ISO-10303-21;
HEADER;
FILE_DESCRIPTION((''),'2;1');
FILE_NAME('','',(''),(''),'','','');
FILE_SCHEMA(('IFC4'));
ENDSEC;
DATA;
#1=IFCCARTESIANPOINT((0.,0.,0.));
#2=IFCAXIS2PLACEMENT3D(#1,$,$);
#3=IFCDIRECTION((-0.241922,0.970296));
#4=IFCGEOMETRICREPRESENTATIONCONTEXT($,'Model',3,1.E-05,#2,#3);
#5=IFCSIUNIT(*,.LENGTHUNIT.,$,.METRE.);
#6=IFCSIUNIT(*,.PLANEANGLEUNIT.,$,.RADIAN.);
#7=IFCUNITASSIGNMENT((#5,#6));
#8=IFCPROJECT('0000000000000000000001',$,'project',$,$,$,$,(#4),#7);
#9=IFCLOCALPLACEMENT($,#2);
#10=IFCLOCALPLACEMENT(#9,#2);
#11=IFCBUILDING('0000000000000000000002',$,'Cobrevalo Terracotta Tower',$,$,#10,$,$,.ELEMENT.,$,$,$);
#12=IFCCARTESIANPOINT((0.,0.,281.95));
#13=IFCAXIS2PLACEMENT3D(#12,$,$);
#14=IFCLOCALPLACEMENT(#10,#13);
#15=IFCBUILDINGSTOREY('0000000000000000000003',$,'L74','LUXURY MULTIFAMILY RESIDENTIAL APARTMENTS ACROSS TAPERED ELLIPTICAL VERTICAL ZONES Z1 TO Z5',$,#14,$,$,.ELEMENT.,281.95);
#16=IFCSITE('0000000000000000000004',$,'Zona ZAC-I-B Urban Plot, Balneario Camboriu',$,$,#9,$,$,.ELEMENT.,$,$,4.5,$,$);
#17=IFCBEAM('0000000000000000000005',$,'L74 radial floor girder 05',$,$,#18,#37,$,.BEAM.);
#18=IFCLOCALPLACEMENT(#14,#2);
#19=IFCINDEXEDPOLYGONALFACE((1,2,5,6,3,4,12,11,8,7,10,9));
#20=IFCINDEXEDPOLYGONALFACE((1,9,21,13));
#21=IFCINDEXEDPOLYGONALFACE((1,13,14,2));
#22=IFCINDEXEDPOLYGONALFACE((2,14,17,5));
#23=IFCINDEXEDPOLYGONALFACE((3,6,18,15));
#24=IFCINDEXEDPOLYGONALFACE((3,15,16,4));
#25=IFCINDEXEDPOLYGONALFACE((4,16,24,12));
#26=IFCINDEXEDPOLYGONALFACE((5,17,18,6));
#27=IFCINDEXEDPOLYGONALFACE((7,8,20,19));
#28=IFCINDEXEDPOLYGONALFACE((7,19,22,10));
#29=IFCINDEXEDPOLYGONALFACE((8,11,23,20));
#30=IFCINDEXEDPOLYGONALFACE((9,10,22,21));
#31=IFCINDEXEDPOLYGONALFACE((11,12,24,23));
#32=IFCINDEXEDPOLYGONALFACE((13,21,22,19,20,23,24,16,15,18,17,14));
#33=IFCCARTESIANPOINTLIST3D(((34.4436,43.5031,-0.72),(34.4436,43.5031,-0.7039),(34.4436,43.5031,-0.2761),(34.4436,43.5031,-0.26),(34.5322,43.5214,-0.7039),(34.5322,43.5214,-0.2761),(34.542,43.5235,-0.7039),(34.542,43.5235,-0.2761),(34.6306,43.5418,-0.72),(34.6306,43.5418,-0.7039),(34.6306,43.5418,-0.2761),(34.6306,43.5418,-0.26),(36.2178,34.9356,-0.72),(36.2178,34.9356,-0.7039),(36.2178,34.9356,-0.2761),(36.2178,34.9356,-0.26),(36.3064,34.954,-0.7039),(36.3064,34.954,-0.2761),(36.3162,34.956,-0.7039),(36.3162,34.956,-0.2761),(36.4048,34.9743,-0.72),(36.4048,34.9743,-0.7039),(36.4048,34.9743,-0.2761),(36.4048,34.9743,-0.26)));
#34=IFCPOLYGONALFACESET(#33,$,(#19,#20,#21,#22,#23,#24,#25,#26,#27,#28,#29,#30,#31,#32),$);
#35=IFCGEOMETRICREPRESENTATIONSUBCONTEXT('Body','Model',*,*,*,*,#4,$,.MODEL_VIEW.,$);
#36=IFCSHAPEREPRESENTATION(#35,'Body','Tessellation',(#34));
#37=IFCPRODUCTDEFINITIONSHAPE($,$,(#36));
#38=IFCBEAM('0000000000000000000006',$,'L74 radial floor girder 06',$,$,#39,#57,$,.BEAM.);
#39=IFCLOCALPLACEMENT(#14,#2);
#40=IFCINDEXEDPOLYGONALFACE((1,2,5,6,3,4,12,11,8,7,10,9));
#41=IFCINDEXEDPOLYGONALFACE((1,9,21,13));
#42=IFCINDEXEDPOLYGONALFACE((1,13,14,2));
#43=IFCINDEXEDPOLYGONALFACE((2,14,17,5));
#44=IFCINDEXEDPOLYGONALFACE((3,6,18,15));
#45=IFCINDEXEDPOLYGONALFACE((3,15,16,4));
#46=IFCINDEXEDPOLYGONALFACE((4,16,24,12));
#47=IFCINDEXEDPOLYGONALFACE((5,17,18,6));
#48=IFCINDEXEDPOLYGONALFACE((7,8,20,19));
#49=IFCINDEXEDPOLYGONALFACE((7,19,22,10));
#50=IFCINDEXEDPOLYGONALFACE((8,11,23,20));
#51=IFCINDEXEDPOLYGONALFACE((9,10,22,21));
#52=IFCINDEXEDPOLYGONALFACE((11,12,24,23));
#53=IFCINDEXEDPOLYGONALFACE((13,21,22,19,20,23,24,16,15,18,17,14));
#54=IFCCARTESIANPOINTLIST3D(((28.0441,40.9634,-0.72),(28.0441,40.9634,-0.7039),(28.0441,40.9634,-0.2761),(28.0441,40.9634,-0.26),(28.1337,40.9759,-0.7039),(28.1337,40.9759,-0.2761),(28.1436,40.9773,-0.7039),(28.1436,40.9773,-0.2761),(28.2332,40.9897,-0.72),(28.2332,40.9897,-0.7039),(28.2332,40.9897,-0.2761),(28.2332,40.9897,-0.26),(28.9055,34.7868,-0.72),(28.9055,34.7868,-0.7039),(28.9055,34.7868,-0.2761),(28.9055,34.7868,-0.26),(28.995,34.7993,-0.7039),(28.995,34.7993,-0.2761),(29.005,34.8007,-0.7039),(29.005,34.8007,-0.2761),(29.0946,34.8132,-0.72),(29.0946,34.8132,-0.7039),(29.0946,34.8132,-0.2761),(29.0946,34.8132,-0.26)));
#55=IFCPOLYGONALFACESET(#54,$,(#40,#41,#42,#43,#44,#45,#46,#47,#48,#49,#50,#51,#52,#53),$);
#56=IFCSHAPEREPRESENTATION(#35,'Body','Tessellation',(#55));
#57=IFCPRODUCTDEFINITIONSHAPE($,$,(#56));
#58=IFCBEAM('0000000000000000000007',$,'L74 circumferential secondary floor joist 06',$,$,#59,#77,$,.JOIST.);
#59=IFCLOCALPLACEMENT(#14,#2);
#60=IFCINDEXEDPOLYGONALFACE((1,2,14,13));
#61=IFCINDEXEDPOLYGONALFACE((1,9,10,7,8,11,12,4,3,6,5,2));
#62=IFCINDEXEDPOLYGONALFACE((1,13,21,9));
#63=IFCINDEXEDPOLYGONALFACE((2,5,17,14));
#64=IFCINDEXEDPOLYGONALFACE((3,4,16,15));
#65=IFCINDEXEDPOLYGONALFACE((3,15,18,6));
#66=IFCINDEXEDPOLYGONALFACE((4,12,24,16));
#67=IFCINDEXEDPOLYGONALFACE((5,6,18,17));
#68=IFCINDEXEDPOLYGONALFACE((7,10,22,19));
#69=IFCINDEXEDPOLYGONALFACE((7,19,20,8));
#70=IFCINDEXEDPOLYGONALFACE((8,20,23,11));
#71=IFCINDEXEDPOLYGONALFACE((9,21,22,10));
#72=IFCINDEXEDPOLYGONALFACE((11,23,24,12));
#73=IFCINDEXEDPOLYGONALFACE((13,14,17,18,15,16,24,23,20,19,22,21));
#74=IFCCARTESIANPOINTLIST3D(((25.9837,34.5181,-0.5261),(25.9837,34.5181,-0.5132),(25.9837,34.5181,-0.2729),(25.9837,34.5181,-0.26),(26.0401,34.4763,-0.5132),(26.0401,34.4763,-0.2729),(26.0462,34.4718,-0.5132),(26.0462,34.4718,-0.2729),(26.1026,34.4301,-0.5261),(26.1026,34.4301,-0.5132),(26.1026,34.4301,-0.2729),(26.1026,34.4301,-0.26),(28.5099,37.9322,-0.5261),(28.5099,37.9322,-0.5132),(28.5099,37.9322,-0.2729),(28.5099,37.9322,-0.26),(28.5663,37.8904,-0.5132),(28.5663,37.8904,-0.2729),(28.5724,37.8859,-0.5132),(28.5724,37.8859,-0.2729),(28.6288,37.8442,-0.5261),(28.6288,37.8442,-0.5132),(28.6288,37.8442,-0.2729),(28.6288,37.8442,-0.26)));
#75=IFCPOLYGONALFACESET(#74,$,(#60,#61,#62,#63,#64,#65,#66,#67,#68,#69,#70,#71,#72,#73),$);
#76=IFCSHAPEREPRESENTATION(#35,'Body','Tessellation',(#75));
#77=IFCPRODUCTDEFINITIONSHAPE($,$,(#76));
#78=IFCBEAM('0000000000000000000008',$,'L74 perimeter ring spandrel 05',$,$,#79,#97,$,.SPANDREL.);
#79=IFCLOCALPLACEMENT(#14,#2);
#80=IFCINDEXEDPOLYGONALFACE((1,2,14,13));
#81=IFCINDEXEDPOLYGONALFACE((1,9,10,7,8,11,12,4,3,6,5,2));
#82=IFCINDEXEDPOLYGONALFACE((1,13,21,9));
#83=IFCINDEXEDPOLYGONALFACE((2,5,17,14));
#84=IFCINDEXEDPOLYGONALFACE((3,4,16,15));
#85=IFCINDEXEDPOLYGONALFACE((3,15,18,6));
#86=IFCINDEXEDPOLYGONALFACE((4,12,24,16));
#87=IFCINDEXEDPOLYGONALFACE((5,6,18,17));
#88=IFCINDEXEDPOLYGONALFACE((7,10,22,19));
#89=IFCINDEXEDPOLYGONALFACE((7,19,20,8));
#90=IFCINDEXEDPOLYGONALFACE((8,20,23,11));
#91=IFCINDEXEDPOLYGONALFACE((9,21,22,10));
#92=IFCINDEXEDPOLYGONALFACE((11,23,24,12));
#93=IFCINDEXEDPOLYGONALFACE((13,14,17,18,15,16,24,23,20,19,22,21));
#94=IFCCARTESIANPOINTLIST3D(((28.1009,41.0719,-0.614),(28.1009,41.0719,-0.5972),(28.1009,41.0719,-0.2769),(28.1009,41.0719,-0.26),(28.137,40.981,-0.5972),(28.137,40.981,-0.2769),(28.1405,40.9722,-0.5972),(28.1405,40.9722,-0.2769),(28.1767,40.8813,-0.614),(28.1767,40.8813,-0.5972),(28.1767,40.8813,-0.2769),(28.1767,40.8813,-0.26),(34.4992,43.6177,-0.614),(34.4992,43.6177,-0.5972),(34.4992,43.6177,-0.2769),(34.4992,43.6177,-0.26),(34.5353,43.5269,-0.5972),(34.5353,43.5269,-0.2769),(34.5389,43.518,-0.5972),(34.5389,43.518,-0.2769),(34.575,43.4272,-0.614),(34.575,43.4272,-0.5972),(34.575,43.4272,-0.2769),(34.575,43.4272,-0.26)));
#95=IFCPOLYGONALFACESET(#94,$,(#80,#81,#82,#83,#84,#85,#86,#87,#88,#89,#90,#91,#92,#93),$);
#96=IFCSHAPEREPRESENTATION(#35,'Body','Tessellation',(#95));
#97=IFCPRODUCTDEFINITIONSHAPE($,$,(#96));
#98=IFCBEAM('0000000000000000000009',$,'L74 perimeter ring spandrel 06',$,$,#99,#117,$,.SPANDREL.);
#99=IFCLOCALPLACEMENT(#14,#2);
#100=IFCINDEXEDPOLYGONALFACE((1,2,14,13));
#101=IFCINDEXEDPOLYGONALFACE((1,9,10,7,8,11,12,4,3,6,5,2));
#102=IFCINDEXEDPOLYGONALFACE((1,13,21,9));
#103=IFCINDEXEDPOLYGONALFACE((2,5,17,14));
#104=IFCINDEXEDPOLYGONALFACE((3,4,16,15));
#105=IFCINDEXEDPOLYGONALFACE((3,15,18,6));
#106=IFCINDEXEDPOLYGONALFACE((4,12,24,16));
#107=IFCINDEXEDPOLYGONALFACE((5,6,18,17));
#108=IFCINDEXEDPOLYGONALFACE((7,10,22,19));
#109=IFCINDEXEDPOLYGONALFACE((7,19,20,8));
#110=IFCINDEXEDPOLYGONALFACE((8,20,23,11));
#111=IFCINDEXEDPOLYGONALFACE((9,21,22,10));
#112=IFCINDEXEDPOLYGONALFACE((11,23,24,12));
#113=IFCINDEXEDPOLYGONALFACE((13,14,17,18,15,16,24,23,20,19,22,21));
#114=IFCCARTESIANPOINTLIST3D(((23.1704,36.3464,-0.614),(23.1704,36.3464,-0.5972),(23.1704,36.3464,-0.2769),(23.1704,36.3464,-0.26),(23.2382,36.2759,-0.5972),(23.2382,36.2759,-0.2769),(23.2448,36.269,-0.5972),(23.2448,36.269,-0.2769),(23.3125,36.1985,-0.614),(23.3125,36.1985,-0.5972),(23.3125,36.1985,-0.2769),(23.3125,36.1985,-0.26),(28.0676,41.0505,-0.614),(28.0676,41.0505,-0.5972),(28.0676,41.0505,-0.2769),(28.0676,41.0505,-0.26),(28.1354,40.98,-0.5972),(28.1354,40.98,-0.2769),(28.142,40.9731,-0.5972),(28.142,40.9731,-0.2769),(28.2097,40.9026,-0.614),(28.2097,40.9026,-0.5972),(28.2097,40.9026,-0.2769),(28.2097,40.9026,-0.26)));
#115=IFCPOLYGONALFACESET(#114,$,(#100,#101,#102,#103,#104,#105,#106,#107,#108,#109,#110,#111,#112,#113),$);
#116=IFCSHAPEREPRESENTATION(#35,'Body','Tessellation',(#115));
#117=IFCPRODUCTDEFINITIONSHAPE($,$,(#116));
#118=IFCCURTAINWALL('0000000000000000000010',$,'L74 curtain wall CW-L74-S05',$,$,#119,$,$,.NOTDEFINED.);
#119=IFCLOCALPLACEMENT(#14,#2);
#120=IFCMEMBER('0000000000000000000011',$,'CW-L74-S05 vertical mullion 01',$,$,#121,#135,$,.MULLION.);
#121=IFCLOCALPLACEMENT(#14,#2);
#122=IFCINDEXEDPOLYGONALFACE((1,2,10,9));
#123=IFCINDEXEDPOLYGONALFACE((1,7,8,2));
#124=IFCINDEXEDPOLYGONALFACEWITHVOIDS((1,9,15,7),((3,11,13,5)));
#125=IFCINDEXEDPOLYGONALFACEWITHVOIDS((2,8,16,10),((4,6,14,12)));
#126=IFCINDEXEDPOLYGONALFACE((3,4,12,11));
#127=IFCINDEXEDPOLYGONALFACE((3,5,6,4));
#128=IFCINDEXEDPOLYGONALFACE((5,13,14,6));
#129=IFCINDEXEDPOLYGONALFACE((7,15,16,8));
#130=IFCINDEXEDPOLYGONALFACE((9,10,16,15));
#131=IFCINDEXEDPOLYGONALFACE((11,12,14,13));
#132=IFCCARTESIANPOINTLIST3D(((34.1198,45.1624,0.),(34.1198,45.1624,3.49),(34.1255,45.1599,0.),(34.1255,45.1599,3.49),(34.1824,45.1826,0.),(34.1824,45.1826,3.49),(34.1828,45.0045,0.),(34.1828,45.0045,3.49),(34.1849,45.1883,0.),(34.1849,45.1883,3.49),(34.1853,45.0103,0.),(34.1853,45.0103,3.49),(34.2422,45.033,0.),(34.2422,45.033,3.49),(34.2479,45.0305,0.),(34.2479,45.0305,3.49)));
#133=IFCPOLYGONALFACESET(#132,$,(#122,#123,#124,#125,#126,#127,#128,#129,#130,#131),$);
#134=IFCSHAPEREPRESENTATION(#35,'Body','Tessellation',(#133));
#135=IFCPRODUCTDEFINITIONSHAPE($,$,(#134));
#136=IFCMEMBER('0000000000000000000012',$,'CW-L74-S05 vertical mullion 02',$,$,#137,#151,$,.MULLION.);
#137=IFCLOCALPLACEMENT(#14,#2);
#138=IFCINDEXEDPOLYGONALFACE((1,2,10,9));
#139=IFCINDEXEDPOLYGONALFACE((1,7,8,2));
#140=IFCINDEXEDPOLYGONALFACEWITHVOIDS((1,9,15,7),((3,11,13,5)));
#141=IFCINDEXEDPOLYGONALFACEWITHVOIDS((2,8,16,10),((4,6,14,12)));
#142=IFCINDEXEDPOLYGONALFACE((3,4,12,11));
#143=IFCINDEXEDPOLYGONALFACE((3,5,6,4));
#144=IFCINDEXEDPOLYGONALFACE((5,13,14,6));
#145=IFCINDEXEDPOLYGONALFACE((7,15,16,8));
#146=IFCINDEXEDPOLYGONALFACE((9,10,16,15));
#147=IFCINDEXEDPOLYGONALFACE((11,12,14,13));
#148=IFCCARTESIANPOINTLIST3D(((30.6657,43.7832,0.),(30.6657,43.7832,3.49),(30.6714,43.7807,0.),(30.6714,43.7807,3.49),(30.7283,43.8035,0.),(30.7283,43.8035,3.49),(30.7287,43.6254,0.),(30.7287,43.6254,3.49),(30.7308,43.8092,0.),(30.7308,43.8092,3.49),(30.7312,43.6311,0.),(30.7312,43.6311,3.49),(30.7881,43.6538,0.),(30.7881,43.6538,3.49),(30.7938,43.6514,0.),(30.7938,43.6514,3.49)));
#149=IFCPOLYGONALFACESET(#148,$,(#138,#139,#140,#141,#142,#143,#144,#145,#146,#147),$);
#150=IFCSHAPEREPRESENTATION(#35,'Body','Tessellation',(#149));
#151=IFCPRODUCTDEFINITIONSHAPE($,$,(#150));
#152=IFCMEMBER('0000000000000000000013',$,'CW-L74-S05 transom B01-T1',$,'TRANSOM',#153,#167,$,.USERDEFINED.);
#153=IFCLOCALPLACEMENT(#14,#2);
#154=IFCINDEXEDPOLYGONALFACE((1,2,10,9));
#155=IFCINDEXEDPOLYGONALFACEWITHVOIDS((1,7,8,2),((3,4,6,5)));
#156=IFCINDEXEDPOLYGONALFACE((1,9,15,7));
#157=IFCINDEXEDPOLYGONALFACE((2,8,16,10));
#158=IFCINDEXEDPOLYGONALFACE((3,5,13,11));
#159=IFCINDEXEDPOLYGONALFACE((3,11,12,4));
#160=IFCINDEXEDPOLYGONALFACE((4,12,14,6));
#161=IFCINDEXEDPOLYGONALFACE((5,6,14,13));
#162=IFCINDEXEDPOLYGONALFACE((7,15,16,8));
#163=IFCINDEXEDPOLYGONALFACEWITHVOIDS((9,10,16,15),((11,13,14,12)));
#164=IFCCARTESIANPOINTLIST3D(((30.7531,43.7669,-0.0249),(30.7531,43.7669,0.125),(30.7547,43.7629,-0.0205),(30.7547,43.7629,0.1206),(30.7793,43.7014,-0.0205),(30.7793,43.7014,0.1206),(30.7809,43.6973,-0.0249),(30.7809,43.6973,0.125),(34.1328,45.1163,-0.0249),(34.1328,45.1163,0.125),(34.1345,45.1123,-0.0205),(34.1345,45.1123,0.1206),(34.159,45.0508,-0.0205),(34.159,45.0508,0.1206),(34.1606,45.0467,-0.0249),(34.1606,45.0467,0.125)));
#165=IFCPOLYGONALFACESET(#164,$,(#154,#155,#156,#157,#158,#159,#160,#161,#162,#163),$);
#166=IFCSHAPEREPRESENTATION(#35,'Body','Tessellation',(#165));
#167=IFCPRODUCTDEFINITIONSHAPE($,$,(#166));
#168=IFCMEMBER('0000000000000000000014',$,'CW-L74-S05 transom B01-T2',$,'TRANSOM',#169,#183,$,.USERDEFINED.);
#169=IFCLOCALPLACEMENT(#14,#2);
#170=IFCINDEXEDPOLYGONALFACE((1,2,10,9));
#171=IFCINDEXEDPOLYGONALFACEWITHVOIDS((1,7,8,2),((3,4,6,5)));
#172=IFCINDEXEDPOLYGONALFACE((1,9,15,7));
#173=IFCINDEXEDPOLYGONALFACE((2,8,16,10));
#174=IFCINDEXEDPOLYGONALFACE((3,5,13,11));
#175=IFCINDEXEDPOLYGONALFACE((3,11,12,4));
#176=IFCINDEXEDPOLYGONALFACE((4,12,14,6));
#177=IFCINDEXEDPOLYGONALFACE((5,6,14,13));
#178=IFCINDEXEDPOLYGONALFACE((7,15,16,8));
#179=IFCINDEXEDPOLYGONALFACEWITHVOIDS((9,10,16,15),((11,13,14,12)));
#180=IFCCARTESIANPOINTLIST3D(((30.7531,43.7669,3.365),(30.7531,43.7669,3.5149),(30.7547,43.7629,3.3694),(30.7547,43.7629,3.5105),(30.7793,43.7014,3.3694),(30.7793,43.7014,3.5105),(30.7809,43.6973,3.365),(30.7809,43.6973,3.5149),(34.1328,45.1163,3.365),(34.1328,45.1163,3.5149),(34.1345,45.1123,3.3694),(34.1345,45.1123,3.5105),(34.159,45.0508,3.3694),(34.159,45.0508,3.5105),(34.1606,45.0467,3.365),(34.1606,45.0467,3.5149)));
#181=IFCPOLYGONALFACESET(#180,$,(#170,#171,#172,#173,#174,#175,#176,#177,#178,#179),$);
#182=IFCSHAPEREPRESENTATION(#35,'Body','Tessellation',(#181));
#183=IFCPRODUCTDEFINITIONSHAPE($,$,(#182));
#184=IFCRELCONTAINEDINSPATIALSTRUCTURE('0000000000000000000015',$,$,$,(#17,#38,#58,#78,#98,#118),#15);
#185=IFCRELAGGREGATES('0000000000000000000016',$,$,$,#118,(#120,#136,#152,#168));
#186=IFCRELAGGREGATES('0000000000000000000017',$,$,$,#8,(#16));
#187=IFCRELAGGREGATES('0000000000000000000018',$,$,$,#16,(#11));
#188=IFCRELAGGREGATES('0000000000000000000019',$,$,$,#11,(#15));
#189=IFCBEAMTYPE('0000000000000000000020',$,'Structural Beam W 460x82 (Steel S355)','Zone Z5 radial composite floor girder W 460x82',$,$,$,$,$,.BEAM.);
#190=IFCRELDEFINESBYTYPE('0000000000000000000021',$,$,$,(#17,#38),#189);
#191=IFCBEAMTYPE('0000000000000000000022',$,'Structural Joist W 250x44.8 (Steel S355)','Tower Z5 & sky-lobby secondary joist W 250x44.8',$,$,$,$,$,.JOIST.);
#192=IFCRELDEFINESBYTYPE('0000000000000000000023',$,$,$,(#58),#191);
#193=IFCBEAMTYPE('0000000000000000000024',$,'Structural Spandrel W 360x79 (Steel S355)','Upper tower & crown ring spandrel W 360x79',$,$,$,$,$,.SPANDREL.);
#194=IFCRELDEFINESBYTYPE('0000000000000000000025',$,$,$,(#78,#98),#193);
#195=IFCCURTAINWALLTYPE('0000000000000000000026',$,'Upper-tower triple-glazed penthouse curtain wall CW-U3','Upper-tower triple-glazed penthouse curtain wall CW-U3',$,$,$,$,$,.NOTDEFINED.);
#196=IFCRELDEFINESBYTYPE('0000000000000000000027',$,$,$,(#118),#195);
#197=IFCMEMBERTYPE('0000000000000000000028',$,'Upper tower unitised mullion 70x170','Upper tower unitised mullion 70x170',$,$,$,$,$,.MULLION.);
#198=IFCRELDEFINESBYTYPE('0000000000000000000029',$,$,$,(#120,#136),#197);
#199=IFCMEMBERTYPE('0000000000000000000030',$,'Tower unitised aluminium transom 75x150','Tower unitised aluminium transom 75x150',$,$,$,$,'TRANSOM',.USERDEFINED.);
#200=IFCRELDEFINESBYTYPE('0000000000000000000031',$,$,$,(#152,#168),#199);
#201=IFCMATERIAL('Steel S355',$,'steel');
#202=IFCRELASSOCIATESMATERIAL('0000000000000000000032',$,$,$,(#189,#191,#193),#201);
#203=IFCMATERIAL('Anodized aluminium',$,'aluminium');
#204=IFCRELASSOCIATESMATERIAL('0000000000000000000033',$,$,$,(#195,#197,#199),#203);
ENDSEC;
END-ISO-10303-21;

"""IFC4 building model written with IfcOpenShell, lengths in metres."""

from ifc_helpers import new_model, si_unit, direction, frame, origin, origin_2d, place, context, subcontext, project, spatial, hollow_rectangle, i_section, extrude, source, transform, mapped, material, material_profile, profile_set, type_object, element, aggregate, save


model = new_model("IFC4")

# Units and contexts
model_context = context("Model", 3, precision=1e-05, world=origin(), true_north=direction((-0.241922, 0.970296)))
body_context = subcontext(model_context, "Body", "Model", "MODEL_VIEW")
ifc_project = project(units=[si_unit("LENGTHUNIT", "METRE"), si_unit("PLANEANGLEUNIT", "RADIAN")], contexts=[model_context])

# Site, building, storey
site_placement = place(None, origin())
site = spatial("IfcSite", under=ifc_project, at=site_placement, Name="Zona ZAC-I-B Urban Plot, Balneario Camboriu", CompositionType="ELEMENT", RefElevation=4.5)
building_placement = place(site_placement, origin())
building = spatial("IfcBuilding", under=site, at=building_placement, Name="Cobrevalo Terracotta Tower", CompositionType="ELEMENT")
storey_placement = place(building_placement, frame((0.0, 0.0, 281.95)))
storey = spatial("IfcBuildingStorey", under=building, at=storey_placement, Name="L74", Description="LUXURY MULTIFAMILY RESIDENTIAL APARTMENTS ACROSS TAPERED ELLIPTICAL VERTICAL ZONES Z1 TO Z5", CompositionType="ELEMENT", Elevation=281.95)

# Shared definitions
ifc_material_1 = material(Name="Steel S355", Category="steel")

# Beams
ifc_material_profile_1 = material_profile(ifc_material_1, i_section(OverallWidth=0.1909, OverallDepth=0.46, WebThickness=0.01, FlangeThickness=0.0161, at=origin_2d()), Name="W 460x82")
ifc_profile_set_1 = profile_set([ifc_material_profile_1], Name="Steel S355")
beam_type_1 = type_object("IfcBeamType", Name="Structural Beam W 460x82 (Steel S355)", Description="Zone Z5 radial composite floor girder W 460x82", PredefinedType="BEAM", material=ifc_profile_set_1)
beam_1_placement = place(storey_placement, frame((34.5371, 43.5225, -0.49), z_axis=(0.202782, -0.979224, 0.0), x_axis=(0.979224, 0.202782, 0.0)))
element("IfcBeam", 1, at=beam_1_placement, inside=storey, type_object=beam_type_1, Name="L74 radial floor girder 05", PredefinedType="BEAM", context=body_context, shape_type="SweptSolid", body=[
    extrude(i_section(OverallWidth=0.1909, OverallDepth=0.46, WebThickness=0.01, FlangeThickness=0.0161, at=origin_2d()), origin(), (0.0, 0.0, 1.0), 8.7493),
])
beam_2_placement = place(storey_placement, frame((28.1387, 40.9766, -0.49), z_axis=(0.138116, -0.990416, 0.0), x_axis=(0.990416, 0.138116, 0.0)))
element("IfcBeam", 2, at=beam_2_placement, inside=storey, type_object=beam_type_1, Name="L74 radial floor girder 06", PredefinedType="BEAM", context=body_context, shape_type="SweptSolid", body=[
    extrude(i_section(OverallWidth=0.1909, OverallDepth=0.46, WebThickness=0.01, FlangeThickness=0.0161, at=origin_2d()), origin(), (0.0, 0.0, 1.0), 6.2363),
])
ifc_material_profile_2 = material_profile(ifc_material_1, i_section(OverallWidth=0.1479, OverallDepth=0.2661, WebThickness=0.0076, FlangeThickness=0.0129, at=origin_2d()), Name="W 250x44.8")
ifc_profile_set_2 = profile_set([ifc_material_profile_2], Name="Steel S355")
beam_type_2 = type_object("IfcBeamType", Name="Structural Joist W 250x44.8 (Steel S355)", Description="Tower Z5 & sky-lobby secondary joist W 250x44.8", PredefinedType="JOIST", material=ifc_profile_set_2)
beam_3_placement = place(storey_placement, frame((28.5693, 37.8882, -0.3931), z_axis=(-0.5948, -0.803874, 0.0), x_axis=(0.803874, -0.5948, 0.0)))
element("IfcBeam", 3, at=beam_3_placement, inside=storey, type_object=beam_type_2, Name="L74 circumferential secondary floor joist 06", PredefinedType="JOIST", context=body_context, shape_type="SweptSolid", body=[
    extrude(i_section(OverallWidth=0.1479, OverallDepth=0.2661, WebThickness=0.0076, FlangeThickness=0.0129, at=origin_2d()), origin(), (0.0, 0.0, 1.0), 4.2471),
])
ifc_material_profile_3 = material_profile(ifc_material_1, i_section(OverallWidth=0.2051, OverallDepth=0.354, WebThickness=0.0095, FlangeThickness=0.0168, at=origin_2d()), Name="W 360x79")
ifc_profile_set_3 = profile_set([ifc_material_profile_3], Name="Steel S355")
beam_type_3 = type_object("IfcBeamType", Name="Structural Spandrel W 360x79 (Steel S355)", Description="Upper tower & crown ring spandrel W 360x79", PredefinedType="SPANDREL", material=ifc_profile_set_3)
beam_4_placement = place(storey_placement, frame((34.5371, 43.5225, -0.437), z_axis=(-0.92915, -0.369703, 0.0), x_axis=(0.369703, -0.92915, 0.0)))
element("IfcBeam", 4, at=beam_4_placement, inside=storey, type_object=beam_type_3, Name="L74 perimeter ring spandrel 05", PredefinedType="SPANDREL", context=body_context, shape_type="SweptSolid", body=[
    extrude(i_section(OverallWidth=0.2051, OverallDepth=0.354, WebThickness=0.0095, FlangeThickness=0.0168, at=origin_2d()), origin(), (0.0, 0.0, 1.0), 6.8862),
])
beam_5_placement = place(storey_placement, frame((28.1387, 40.9766, -0.437), z_axis=(-0.721183, -0.692744, 0.0), x_axis=(0.692744, -0.721183, 0.0)))
element("IfcBeam", 5, at=beam_5_placement, inside=storey, type_object=beam_type_3, Name="L74 perimeter ring spandrel 06", PredefinedType="SPANDREL", context=body_context, shape_type="SweptSolid", body=[
    extrude(i_section(OverallWidth=0.2051, OverallDepth=0.354, WebThickness=0.0095, FlangeThickness=0.0168, at=origin_2d()), origin(), (0.0, 0.0, 1.0), 6.7905),
])

# Curtain wall, members
ifc_material_2 = material(Name="Anodized aluminium", Category="aluminium")
curtain_wall_type = type_object("IfcCurtainWallType", Name="Upper-tower triple-glazed penthouse curtain wall CW-U3", Description="Upper-tower triple-glazed penthouse curtain wall CW-U3", PredefinedType="NOTDEFINED", material=ifc_material_2)
curtain_wall_placement = place(storey_placement, origin())
curtain_wall = element("IfcCurtainWall", 6, at=curtain_wall_placement, inside=storey, type_object=curtain_wall_type, Name="L74 curtain wall CW-L74-S05", PredefinedType="NOTDEFINED")
ifc_material_profile_4 = material_profile(ifc_material_2, hollow_rectangle(XDim=0.0701, YDim=0.1699, WallThickness=0.0044, at=origin_2d()), Name="CWM 70x170")
ifc_profile_set_4 = profile_set([ifc_material_profile_4], Name="Anodized aluminium")
member_type_1 = type_object("IfcMemberType", Name="Upper tower unitised mullion 70x170", Description="Upper tower unitised mullion 70x170", PredefinedType="MULLION", material=ifc_profile_set_4)
shared_shape_1 = source(origin(), body_context, "Body", "SweptSolid", [
    extrude(hollow_rectangle(XDim=0.0701, YDim=0.1699, WallThickness=0.0044, at=origin_2d()), origin(), (0.0, 0.0, 1.0), 3.49),
])
member_1_placement = place(storey_placement, frame((34.1838, 45.0964, 0.0), z_axis=(0.0, 0.0, 1.0), x_axis=(-0.928719, -0.370784, 0.0)))
member_1 = element("IfcMember", 7, at=member_1_placement, type_object=member_type_1, Name="CW-L74-S05 vertical mullion 01", PredefinedType="MULLION", context=body_context, shape_type="MappedRepresentation", body=[
    mapped(shared_shape_1, transform((0.0, 0.0, 0.0), scale=1.0)),
])
member_2_placement = place(storey_placement, frame((30.7297, 43.7173, 0.0), z_axis=(0.0, 0.0, 1.0), x_axis=(-0.928719, -0.370784, 0.0)))
member_2 = element("IfcMember", 8, at=member_2_placement, type_object=member_type_1, Name="CW-L74-S05 vertical mullion 02", PredefinedType="MULLION", context=body_context, shape_type="MappedRepresentation", body=[
    mapped(shared_shape_1, transform((0.0, 0.0, 0.0), scale=1.0)),
])
ifc_material_profile_5 = material_profile(ifc_material_2, hollow_rectangle(XDim=0.075, YDim=0.1499, WallThickness=0.0044, at=origin_2d()), Name="CWT 75x150")
ifc_profile_set_5 = profile_set([ifc_material_profile_5], Name="Anodized aluminium")
member_type_2 = type_object("IfcMemberType", Name="Tower unitised aluminium transom 75x150", Description="Tower unitised aluminium transom 75x150", ElementType="TRANSOM", PredefinedType="USERDEFINED", material=ifc_profile_set_5)
shared_shape_2 = source(origin(), body_context, "Body", "SweptSolid", [
    extrude(hollow_rectangle(XDim=0.075, YDim=0.1499, WallThickness=0.0044, at=origin_2d()), origin(), (0.0, 0.0, 1.0), 3.6392),
])
member_3_placement = place(storey_placement, frame((34.1467, 45.0815, 0.05), z_axis=(-0.928712, -0.370801, 0.0), x_axis=(0.370801, -0.928712, 0.0)))
member_3 = element("IfcMember", 9, at=member_3_placement, type_object=member_type_2, Name="CW-L74-S05 transom B01-T1", ObjectType="TRANSOM", PredefinedType="USERDEFINED", context=body_context, shape_type="MappedRepresentation", body=[
    mapped(shared_shape_2, transform((0.0, 0.0, 0.0), scale=1.0)),
])
member_4_placement = place(storey_placement, frame((34.1467, 45.0815, 3.4399), z_axis=(-0.928712, -0.370801, 0.0), x_axis=(0.370801, -0.928712, 0.0)))
member_4 = element("IfcMember", 10, at=member_4_placement, type_object=member_type_2, Name="CW-L74-S05 transom B01-T2", ObjectType="TRANSOM", PredefinedType="USERDEFINED", context=body_context, shape_type="MappedRepresentation", body=[
    mapped(shared_shape_2, transform((0.0, 0.0, 0.0), scale=1.0)),
])
aggregate(curtain_wall, [member_1, member_2, member_3, member_4])

save(model, "model.ifc")
